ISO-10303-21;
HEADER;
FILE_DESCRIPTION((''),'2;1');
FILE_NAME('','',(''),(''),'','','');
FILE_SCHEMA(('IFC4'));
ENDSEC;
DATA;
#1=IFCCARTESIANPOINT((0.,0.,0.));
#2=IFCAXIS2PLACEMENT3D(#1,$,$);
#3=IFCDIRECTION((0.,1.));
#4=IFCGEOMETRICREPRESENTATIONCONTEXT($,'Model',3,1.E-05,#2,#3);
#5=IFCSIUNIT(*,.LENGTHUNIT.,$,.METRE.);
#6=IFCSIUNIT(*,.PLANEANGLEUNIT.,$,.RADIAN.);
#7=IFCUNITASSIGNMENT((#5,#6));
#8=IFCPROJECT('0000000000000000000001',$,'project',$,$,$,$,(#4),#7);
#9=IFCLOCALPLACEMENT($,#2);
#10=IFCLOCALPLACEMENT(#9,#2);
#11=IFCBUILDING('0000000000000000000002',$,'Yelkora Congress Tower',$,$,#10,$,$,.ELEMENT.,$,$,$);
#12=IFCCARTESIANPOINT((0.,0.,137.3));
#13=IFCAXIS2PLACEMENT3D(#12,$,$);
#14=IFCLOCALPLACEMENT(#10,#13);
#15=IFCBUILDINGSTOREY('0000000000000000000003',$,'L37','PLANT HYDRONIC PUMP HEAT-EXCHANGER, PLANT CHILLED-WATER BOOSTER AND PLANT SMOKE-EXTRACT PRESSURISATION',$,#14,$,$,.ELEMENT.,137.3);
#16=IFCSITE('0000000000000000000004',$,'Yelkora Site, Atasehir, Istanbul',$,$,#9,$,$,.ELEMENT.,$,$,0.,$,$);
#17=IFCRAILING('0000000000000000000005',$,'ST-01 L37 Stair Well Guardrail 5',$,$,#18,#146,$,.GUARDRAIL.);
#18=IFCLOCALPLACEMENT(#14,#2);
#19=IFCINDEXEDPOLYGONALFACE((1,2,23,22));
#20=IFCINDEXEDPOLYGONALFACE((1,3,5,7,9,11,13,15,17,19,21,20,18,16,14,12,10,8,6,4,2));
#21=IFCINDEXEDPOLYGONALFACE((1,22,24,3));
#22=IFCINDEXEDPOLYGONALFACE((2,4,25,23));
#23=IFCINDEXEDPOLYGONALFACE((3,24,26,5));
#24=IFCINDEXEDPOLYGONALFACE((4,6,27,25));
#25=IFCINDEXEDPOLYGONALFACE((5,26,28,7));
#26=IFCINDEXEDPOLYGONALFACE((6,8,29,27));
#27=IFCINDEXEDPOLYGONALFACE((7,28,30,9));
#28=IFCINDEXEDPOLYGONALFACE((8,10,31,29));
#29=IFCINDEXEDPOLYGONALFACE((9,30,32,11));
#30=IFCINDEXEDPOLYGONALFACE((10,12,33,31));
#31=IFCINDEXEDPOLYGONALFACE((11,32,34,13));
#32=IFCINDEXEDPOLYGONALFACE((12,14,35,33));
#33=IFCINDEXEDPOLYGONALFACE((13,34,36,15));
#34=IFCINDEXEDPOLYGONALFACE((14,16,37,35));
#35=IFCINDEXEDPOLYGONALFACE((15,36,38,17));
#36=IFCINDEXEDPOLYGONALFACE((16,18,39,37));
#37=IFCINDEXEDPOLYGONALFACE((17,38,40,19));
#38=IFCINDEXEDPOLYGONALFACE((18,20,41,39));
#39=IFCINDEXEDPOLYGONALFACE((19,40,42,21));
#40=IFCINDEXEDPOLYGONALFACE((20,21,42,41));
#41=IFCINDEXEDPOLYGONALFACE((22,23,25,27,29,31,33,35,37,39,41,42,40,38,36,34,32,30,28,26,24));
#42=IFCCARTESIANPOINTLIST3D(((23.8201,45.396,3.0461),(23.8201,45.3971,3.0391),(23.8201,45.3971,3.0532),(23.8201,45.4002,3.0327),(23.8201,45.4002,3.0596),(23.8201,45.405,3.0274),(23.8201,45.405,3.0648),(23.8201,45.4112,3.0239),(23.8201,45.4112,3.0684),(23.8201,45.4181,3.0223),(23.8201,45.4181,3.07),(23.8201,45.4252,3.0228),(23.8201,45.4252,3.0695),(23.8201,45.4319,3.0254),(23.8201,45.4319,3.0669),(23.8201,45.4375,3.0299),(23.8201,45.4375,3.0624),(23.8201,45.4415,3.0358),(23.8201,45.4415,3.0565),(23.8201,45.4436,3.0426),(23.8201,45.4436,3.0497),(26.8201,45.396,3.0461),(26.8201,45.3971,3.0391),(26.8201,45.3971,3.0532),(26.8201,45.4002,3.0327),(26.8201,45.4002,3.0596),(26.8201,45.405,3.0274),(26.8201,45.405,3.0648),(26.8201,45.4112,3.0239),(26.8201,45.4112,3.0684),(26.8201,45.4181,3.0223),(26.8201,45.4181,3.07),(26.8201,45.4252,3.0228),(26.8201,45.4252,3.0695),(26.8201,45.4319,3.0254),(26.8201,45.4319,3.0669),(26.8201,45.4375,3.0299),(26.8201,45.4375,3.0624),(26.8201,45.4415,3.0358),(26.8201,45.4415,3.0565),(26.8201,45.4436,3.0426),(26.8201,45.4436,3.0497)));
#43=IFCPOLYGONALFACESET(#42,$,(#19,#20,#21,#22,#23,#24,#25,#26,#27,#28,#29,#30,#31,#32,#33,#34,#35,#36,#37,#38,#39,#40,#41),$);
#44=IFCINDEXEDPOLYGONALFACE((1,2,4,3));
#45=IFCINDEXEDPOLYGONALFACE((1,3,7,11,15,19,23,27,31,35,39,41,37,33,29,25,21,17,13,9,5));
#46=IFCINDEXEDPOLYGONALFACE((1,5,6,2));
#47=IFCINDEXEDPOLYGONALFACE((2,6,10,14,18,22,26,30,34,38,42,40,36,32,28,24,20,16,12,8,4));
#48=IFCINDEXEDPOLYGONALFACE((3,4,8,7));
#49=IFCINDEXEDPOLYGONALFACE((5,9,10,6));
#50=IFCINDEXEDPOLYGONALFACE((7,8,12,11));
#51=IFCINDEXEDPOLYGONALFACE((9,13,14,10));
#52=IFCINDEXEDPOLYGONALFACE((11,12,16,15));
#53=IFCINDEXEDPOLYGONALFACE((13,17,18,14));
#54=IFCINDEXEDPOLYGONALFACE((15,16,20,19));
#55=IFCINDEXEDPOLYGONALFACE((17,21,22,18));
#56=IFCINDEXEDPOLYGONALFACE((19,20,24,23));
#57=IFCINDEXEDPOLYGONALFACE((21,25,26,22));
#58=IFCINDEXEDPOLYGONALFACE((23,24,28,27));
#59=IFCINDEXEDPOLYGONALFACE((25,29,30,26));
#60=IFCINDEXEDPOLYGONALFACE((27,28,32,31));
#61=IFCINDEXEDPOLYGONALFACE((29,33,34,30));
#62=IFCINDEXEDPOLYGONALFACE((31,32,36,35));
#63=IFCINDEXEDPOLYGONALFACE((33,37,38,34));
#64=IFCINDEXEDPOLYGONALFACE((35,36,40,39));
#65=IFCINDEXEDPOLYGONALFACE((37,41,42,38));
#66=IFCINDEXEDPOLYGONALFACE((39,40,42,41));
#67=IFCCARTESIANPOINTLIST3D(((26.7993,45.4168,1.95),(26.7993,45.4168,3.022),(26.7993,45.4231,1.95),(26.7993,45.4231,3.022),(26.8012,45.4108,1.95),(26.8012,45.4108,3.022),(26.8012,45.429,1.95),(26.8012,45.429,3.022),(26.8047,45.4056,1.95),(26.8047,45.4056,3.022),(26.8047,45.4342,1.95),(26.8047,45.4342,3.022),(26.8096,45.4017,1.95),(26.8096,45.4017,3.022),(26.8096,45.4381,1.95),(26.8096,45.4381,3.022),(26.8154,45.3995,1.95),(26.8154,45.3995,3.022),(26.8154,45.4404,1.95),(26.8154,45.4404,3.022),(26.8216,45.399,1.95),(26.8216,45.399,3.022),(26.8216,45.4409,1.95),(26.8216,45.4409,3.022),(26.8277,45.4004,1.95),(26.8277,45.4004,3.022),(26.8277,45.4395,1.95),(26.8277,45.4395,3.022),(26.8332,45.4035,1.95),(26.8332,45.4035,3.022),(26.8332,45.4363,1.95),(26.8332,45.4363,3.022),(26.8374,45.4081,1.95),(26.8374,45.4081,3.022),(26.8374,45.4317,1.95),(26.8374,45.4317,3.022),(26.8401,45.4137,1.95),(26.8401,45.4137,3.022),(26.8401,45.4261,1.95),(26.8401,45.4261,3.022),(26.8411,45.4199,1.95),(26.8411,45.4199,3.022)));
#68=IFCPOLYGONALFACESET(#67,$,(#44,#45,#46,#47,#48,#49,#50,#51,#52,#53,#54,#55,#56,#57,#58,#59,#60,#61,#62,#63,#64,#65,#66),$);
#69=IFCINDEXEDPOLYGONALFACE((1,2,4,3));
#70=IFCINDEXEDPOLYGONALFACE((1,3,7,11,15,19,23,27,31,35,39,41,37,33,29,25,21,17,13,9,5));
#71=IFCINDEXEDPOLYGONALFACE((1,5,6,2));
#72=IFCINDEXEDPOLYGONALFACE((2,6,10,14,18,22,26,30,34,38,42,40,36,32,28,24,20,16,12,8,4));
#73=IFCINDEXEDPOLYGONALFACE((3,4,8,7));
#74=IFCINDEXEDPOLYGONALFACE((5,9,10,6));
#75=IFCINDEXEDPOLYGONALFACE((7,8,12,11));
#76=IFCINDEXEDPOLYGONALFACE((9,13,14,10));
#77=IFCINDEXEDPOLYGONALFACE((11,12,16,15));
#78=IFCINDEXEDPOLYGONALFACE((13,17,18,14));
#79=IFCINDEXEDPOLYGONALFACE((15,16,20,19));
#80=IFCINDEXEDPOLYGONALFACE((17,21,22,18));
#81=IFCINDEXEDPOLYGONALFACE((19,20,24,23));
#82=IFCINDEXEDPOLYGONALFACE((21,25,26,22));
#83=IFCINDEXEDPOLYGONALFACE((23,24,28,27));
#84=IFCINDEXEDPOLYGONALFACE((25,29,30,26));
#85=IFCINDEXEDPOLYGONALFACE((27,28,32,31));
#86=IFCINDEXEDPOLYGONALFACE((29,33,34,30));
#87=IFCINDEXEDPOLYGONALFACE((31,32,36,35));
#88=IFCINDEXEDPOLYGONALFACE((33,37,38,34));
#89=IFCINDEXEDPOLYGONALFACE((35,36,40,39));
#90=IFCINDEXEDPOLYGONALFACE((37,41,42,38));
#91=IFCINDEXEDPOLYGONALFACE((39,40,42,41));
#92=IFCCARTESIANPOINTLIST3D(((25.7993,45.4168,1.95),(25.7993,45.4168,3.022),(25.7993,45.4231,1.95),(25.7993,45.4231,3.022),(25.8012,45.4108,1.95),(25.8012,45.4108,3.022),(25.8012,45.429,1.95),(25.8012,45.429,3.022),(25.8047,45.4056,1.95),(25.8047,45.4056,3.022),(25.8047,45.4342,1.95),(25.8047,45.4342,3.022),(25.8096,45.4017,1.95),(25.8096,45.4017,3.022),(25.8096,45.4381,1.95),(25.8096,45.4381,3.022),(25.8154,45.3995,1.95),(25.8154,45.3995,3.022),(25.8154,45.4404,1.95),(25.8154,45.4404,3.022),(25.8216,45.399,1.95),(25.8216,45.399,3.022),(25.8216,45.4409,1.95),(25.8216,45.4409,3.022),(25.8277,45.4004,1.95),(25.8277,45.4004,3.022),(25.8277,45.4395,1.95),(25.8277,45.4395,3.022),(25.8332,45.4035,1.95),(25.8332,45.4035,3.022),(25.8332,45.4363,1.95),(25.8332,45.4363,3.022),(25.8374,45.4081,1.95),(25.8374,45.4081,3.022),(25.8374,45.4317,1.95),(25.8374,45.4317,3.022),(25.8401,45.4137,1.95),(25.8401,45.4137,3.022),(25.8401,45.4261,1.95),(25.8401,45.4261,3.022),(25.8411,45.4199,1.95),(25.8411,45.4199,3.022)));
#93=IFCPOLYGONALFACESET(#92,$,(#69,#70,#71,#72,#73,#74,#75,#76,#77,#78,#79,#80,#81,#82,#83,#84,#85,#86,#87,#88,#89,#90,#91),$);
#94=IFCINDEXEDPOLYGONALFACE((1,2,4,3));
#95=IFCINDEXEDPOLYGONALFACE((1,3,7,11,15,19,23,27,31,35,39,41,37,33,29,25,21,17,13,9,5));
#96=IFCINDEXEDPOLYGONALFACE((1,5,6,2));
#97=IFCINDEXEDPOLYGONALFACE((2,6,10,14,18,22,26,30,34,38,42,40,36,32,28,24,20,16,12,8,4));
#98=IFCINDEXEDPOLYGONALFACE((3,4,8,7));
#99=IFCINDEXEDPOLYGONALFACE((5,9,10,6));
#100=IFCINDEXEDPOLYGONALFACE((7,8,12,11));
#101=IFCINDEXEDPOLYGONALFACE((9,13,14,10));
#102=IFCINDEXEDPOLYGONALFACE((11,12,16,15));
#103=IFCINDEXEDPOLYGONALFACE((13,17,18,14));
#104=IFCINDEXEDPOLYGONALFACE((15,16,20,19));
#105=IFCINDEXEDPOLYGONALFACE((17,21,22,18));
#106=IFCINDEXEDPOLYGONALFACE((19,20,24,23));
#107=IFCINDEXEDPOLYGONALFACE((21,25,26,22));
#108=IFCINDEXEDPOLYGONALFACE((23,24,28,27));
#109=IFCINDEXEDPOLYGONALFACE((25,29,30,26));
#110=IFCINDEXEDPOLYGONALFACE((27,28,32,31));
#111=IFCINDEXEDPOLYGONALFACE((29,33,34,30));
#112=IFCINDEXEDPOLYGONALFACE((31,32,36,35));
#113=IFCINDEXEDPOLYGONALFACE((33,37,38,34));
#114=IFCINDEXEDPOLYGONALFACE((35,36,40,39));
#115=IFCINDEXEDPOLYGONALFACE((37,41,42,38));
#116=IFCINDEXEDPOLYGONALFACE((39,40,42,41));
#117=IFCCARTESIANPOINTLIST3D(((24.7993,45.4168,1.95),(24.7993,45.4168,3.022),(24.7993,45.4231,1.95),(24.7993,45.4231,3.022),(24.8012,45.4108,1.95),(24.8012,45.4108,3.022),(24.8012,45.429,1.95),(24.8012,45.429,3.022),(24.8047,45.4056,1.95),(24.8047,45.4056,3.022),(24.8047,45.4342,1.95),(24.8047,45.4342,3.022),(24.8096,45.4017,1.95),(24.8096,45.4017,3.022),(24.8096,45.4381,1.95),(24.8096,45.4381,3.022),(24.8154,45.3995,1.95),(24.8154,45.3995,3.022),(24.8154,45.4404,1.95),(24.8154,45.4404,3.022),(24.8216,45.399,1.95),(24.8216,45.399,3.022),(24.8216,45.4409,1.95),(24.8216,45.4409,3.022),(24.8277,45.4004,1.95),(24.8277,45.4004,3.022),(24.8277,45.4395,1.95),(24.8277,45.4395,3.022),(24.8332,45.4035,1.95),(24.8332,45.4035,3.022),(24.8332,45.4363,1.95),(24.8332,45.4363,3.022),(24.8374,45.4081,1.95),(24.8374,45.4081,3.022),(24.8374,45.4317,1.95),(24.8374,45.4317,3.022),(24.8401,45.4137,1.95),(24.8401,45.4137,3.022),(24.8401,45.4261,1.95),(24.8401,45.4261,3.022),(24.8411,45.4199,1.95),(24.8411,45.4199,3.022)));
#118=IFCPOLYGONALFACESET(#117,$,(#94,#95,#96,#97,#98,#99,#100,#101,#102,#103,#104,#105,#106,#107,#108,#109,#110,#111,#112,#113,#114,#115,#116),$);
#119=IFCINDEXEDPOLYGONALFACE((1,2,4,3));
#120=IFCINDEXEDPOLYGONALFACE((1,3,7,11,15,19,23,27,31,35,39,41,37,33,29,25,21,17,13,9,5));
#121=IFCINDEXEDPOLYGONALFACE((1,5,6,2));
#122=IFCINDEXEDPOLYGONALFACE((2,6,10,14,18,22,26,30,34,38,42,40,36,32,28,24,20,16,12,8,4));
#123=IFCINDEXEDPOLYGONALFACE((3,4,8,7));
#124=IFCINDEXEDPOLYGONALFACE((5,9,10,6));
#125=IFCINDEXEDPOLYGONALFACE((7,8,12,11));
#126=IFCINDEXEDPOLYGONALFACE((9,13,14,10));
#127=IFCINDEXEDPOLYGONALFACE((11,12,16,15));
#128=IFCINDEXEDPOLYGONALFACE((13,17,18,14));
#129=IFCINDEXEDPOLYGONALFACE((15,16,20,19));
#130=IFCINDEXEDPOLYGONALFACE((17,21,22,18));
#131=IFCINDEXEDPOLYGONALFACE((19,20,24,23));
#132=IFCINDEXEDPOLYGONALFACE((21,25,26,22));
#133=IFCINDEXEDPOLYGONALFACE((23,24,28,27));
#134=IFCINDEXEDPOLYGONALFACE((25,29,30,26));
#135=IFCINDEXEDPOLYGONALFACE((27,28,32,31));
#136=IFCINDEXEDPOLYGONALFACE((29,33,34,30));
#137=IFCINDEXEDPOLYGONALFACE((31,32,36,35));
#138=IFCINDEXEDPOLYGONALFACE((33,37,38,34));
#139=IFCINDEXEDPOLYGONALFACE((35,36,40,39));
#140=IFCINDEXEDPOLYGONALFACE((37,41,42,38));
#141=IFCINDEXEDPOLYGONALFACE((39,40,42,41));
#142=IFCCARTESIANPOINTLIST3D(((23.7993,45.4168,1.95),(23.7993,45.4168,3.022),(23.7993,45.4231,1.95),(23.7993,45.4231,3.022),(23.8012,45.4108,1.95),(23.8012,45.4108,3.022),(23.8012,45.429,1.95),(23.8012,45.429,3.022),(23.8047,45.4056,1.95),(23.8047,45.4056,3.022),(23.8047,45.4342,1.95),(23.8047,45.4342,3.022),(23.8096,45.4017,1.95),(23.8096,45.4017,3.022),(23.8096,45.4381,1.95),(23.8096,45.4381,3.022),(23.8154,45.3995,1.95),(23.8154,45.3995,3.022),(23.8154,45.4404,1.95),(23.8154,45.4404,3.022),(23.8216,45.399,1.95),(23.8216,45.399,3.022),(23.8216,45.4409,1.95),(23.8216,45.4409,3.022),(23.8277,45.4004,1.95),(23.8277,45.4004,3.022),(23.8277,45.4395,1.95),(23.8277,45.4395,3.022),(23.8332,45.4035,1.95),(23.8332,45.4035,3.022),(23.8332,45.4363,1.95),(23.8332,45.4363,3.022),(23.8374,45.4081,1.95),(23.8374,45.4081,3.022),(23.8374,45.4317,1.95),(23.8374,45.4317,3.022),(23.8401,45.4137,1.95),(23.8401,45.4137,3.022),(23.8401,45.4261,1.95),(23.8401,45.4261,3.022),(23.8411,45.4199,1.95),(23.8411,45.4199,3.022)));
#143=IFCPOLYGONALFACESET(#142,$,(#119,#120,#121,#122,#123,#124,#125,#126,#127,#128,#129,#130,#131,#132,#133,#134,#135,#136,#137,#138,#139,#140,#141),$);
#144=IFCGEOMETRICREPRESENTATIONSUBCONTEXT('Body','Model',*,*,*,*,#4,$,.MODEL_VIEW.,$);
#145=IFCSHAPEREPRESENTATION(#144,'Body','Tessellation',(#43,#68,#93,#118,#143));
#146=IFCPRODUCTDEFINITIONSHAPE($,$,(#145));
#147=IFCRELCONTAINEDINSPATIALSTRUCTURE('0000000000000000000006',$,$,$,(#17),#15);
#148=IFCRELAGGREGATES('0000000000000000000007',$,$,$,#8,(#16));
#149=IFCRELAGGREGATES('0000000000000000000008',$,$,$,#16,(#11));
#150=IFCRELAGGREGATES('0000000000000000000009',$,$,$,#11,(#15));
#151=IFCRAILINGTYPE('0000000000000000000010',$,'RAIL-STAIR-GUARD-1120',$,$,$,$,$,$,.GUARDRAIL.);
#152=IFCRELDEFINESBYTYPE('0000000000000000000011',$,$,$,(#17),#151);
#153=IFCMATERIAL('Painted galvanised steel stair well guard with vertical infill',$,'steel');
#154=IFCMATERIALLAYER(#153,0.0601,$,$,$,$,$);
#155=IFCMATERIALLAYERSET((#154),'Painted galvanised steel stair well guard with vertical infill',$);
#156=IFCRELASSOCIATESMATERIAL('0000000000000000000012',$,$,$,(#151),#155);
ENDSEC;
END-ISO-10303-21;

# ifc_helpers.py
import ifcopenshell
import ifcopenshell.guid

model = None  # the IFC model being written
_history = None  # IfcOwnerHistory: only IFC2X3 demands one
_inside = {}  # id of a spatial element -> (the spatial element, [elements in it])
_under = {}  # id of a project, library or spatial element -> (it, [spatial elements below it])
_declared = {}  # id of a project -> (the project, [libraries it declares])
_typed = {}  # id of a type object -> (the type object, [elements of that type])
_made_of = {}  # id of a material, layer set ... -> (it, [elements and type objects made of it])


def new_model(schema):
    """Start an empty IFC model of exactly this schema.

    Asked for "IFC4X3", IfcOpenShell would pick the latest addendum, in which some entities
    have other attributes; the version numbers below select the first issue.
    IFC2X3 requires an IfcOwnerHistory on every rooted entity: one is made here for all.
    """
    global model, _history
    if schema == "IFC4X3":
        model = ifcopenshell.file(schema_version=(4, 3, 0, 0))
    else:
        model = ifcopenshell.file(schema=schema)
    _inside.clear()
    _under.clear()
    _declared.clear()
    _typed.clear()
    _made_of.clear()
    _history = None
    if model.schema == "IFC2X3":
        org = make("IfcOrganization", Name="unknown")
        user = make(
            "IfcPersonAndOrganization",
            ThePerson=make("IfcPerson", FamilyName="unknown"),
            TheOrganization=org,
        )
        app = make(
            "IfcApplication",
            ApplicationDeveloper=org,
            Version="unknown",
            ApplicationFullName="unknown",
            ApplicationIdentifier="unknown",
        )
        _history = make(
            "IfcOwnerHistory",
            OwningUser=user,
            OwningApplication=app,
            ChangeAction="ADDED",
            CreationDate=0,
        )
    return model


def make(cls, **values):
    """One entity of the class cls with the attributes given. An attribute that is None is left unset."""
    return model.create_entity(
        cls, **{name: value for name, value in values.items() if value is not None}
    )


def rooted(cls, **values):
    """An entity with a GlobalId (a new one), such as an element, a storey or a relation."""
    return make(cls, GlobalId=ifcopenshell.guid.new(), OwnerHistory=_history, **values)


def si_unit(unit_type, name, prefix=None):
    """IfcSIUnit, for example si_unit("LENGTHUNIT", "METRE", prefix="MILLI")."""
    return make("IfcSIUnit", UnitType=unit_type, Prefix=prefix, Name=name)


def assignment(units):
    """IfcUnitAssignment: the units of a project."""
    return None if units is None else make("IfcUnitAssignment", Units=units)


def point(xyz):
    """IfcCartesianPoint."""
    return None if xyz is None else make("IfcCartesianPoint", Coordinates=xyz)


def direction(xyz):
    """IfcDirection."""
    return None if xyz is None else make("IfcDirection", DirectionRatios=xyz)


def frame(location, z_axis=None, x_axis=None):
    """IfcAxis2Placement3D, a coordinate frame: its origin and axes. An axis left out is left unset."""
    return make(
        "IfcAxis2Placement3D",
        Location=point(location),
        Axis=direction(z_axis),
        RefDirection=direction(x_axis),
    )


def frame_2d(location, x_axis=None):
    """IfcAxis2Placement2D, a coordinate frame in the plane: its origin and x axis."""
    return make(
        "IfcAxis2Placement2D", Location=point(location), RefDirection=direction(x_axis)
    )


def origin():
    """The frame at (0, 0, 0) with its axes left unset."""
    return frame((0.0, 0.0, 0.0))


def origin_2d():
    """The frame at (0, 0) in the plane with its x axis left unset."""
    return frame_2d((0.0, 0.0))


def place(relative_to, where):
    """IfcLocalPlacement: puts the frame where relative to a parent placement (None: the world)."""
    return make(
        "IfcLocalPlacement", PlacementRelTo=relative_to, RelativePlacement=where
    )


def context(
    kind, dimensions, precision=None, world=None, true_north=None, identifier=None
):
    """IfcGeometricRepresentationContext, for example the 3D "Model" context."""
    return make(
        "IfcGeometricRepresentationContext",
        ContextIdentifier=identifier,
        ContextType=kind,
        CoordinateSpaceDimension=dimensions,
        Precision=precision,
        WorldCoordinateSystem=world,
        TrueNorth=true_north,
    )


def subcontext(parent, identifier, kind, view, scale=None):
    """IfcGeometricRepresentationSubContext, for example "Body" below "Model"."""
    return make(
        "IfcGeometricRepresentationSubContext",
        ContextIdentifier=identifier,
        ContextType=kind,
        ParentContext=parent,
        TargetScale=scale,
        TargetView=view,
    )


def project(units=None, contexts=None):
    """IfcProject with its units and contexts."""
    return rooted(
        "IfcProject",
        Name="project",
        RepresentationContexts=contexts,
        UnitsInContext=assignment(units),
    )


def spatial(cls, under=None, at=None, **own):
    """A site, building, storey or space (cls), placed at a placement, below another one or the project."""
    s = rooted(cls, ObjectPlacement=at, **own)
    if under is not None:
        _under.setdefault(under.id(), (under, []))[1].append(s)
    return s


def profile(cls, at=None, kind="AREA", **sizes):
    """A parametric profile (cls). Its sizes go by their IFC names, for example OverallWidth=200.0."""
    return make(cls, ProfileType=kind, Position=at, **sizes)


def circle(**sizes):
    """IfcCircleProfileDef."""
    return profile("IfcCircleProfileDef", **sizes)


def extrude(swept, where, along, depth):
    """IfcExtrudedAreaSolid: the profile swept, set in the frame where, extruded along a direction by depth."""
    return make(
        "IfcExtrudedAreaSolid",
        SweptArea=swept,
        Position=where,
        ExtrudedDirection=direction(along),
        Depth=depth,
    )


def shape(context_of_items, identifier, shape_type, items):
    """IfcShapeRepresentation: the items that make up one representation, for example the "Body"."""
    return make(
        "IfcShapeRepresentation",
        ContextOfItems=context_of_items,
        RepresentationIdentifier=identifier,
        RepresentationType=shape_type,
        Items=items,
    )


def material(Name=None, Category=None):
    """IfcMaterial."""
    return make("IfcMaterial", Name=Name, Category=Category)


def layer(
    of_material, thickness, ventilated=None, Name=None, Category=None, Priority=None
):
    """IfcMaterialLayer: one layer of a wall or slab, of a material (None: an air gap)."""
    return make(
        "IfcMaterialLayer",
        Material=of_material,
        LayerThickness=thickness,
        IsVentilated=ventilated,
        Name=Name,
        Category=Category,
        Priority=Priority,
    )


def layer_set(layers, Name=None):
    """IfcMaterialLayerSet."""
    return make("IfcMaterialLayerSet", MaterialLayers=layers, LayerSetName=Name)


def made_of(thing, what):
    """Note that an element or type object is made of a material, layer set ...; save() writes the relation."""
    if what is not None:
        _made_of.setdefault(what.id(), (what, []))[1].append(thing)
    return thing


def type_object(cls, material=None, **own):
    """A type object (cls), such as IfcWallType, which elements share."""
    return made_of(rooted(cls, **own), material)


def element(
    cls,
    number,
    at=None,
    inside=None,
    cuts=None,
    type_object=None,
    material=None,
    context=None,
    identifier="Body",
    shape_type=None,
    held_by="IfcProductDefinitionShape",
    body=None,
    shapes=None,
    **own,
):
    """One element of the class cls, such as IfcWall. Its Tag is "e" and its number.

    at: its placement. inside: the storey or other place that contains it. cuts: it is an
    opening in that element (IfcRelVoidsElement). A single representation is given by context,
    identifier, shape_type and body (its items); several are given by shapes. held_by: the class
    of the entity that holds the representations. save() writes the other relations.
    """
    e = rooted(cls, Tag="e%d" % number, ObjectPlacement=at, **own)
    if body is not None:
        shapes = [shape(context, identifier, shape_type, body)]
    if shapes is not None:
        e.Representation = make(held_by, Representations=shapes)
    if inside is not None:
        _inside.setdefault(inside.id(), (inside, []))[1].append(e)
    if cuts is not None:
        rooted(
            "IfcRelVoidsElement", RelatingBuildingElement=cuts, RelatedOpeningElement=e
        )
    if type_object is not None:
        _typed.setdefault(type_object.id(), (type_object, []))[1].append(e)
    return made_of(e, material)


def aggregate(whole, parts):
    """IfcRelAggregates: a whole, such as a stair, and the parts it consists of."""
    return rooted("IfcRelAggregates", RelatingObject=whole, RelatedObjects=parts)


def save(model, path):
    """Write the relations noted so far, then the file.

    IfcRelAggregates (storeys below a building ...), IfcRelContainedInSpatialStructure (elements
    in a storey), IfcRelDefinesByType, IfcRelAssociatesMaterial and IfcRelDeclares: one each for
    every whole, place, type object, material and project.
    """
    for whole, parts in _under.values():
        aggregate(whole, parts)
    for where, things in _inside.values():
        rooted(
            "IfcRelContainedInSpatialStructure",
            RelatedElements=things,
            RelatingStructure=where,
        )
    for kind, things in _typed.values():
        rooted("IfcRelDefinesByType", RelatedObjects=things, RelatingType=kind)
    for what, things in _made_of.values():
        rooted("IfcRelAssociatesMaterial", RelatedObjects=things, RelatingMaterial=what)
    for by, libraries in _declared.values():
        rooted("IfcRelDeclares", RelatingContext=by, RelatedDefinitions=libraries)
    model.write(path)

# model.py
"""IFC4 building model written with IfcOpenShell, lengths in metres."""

from ifc_helpers import new_model, si_unit, direction, frame, origin, origin_2d, place, context, subcontext, project, spatial, circle, extrude, material, layer, layer_set, type_object, element, save


model = new_model("IFC4")

# Units and contexts
model_context = context("Model", 3, precision=1e-05, world=origin(), true_north=direction((0.0, 1.0)))
body_context = subcontext(model_context, "Body", "Model", "MODEL_VIEW")
ifc_project = project(units=[si_unit("LENGTHUNIT", "METRE"), si_unit("PLANEANGLEUNIT", "RADIAN")], contexts=[model_context])

# Site, building, storey
site_placement = place(None, origin())
site = spatial("IfcSite", under=ifc_project, at=site_placement, Name="Yelkora Site, Atasehir, Istanbul", CompositionType="ELEMENT", RefElevation=0.0)
building_placement = place(site_placement, origin())
building = spatial("IfcBuilding", under=site, at=building_placement, Name="Yelkora Congress Tower", CompositionType="ELEMENT")
storey_placement = place(building_placement, frame((0.0, 0.0, 137.3)))
storey = spatial("IfcBuildingStorey", under=building, at=storey_placement, Name="L37", Description="PLANT HYDRONIC PUMP HEAT-EXCHANGER, PLANT CHILLED-WATER BOOSTER AND PLANT SMOKE-EXTRACT PRESSURISATION", CompositionType="ELEMENT", Elevation=137.3)

# Railing
ifc_material_1 = material(Name="Painted galvanised steel stair well guard with vertical infill", Category="steel")
ifc_layer_1 = layer(ifc_material_1, 0.0601)
ifc_layer_set_1 = layer_set([ifc_layer_1], Name="Painted galvanised steel stair well guard with vertical infill")
railing_type_1 = type_object("IfcRailingType", Name="RAIL-STAIR-GUARD-1120", PredefinedType="GUARDRAIL", material=ifc_layer_set_1)
railing_1_placement = place(storey_placement, frame((26.8201, 45.4199, 1.95)))
element("IfcRailing", 1, at=railing_1_placement, inside=storey, type_object=railing_type_1, Name="ST-01 L37 Stair Well Guardrail 5", PredefinedType="GUARDRAIL", context=body_context, shape_type="SweptSolid", body=[
    extrude(circle(Radius=0.0239, at=origin_2d()), frame((0.0, 0.0, 1.0962), z_axis=(-1.0, 0.0, 0.0), x_axis=(0.0, -1.0, 0.0)), (0.0, 0.0, 1.0), 3.0),
    extrude(circle(Radius=0.021, at=origin_2d()), origin(), (0.0, 0.0, 1.0), 1.072),
    extrude(circle(Radius=0.021, at=origin_2d()), frame((-1.0, 0.0, 0.0)), (0.0, 0.0, 1.0), 1.072),
    extrude(circle(Radius=0.021, at=origin_2d()), frame((-2.0, 0.0, 0.0)), (0.0, 0.0, 1.0), 1.072),
    extrude(circle(Radius=0.021, at=origin_2d()), frame((-3.0, 0.0, 0.0)), (0.0, 0.0, 1.0), 1.072),
])

save(model, "model.ifc")
